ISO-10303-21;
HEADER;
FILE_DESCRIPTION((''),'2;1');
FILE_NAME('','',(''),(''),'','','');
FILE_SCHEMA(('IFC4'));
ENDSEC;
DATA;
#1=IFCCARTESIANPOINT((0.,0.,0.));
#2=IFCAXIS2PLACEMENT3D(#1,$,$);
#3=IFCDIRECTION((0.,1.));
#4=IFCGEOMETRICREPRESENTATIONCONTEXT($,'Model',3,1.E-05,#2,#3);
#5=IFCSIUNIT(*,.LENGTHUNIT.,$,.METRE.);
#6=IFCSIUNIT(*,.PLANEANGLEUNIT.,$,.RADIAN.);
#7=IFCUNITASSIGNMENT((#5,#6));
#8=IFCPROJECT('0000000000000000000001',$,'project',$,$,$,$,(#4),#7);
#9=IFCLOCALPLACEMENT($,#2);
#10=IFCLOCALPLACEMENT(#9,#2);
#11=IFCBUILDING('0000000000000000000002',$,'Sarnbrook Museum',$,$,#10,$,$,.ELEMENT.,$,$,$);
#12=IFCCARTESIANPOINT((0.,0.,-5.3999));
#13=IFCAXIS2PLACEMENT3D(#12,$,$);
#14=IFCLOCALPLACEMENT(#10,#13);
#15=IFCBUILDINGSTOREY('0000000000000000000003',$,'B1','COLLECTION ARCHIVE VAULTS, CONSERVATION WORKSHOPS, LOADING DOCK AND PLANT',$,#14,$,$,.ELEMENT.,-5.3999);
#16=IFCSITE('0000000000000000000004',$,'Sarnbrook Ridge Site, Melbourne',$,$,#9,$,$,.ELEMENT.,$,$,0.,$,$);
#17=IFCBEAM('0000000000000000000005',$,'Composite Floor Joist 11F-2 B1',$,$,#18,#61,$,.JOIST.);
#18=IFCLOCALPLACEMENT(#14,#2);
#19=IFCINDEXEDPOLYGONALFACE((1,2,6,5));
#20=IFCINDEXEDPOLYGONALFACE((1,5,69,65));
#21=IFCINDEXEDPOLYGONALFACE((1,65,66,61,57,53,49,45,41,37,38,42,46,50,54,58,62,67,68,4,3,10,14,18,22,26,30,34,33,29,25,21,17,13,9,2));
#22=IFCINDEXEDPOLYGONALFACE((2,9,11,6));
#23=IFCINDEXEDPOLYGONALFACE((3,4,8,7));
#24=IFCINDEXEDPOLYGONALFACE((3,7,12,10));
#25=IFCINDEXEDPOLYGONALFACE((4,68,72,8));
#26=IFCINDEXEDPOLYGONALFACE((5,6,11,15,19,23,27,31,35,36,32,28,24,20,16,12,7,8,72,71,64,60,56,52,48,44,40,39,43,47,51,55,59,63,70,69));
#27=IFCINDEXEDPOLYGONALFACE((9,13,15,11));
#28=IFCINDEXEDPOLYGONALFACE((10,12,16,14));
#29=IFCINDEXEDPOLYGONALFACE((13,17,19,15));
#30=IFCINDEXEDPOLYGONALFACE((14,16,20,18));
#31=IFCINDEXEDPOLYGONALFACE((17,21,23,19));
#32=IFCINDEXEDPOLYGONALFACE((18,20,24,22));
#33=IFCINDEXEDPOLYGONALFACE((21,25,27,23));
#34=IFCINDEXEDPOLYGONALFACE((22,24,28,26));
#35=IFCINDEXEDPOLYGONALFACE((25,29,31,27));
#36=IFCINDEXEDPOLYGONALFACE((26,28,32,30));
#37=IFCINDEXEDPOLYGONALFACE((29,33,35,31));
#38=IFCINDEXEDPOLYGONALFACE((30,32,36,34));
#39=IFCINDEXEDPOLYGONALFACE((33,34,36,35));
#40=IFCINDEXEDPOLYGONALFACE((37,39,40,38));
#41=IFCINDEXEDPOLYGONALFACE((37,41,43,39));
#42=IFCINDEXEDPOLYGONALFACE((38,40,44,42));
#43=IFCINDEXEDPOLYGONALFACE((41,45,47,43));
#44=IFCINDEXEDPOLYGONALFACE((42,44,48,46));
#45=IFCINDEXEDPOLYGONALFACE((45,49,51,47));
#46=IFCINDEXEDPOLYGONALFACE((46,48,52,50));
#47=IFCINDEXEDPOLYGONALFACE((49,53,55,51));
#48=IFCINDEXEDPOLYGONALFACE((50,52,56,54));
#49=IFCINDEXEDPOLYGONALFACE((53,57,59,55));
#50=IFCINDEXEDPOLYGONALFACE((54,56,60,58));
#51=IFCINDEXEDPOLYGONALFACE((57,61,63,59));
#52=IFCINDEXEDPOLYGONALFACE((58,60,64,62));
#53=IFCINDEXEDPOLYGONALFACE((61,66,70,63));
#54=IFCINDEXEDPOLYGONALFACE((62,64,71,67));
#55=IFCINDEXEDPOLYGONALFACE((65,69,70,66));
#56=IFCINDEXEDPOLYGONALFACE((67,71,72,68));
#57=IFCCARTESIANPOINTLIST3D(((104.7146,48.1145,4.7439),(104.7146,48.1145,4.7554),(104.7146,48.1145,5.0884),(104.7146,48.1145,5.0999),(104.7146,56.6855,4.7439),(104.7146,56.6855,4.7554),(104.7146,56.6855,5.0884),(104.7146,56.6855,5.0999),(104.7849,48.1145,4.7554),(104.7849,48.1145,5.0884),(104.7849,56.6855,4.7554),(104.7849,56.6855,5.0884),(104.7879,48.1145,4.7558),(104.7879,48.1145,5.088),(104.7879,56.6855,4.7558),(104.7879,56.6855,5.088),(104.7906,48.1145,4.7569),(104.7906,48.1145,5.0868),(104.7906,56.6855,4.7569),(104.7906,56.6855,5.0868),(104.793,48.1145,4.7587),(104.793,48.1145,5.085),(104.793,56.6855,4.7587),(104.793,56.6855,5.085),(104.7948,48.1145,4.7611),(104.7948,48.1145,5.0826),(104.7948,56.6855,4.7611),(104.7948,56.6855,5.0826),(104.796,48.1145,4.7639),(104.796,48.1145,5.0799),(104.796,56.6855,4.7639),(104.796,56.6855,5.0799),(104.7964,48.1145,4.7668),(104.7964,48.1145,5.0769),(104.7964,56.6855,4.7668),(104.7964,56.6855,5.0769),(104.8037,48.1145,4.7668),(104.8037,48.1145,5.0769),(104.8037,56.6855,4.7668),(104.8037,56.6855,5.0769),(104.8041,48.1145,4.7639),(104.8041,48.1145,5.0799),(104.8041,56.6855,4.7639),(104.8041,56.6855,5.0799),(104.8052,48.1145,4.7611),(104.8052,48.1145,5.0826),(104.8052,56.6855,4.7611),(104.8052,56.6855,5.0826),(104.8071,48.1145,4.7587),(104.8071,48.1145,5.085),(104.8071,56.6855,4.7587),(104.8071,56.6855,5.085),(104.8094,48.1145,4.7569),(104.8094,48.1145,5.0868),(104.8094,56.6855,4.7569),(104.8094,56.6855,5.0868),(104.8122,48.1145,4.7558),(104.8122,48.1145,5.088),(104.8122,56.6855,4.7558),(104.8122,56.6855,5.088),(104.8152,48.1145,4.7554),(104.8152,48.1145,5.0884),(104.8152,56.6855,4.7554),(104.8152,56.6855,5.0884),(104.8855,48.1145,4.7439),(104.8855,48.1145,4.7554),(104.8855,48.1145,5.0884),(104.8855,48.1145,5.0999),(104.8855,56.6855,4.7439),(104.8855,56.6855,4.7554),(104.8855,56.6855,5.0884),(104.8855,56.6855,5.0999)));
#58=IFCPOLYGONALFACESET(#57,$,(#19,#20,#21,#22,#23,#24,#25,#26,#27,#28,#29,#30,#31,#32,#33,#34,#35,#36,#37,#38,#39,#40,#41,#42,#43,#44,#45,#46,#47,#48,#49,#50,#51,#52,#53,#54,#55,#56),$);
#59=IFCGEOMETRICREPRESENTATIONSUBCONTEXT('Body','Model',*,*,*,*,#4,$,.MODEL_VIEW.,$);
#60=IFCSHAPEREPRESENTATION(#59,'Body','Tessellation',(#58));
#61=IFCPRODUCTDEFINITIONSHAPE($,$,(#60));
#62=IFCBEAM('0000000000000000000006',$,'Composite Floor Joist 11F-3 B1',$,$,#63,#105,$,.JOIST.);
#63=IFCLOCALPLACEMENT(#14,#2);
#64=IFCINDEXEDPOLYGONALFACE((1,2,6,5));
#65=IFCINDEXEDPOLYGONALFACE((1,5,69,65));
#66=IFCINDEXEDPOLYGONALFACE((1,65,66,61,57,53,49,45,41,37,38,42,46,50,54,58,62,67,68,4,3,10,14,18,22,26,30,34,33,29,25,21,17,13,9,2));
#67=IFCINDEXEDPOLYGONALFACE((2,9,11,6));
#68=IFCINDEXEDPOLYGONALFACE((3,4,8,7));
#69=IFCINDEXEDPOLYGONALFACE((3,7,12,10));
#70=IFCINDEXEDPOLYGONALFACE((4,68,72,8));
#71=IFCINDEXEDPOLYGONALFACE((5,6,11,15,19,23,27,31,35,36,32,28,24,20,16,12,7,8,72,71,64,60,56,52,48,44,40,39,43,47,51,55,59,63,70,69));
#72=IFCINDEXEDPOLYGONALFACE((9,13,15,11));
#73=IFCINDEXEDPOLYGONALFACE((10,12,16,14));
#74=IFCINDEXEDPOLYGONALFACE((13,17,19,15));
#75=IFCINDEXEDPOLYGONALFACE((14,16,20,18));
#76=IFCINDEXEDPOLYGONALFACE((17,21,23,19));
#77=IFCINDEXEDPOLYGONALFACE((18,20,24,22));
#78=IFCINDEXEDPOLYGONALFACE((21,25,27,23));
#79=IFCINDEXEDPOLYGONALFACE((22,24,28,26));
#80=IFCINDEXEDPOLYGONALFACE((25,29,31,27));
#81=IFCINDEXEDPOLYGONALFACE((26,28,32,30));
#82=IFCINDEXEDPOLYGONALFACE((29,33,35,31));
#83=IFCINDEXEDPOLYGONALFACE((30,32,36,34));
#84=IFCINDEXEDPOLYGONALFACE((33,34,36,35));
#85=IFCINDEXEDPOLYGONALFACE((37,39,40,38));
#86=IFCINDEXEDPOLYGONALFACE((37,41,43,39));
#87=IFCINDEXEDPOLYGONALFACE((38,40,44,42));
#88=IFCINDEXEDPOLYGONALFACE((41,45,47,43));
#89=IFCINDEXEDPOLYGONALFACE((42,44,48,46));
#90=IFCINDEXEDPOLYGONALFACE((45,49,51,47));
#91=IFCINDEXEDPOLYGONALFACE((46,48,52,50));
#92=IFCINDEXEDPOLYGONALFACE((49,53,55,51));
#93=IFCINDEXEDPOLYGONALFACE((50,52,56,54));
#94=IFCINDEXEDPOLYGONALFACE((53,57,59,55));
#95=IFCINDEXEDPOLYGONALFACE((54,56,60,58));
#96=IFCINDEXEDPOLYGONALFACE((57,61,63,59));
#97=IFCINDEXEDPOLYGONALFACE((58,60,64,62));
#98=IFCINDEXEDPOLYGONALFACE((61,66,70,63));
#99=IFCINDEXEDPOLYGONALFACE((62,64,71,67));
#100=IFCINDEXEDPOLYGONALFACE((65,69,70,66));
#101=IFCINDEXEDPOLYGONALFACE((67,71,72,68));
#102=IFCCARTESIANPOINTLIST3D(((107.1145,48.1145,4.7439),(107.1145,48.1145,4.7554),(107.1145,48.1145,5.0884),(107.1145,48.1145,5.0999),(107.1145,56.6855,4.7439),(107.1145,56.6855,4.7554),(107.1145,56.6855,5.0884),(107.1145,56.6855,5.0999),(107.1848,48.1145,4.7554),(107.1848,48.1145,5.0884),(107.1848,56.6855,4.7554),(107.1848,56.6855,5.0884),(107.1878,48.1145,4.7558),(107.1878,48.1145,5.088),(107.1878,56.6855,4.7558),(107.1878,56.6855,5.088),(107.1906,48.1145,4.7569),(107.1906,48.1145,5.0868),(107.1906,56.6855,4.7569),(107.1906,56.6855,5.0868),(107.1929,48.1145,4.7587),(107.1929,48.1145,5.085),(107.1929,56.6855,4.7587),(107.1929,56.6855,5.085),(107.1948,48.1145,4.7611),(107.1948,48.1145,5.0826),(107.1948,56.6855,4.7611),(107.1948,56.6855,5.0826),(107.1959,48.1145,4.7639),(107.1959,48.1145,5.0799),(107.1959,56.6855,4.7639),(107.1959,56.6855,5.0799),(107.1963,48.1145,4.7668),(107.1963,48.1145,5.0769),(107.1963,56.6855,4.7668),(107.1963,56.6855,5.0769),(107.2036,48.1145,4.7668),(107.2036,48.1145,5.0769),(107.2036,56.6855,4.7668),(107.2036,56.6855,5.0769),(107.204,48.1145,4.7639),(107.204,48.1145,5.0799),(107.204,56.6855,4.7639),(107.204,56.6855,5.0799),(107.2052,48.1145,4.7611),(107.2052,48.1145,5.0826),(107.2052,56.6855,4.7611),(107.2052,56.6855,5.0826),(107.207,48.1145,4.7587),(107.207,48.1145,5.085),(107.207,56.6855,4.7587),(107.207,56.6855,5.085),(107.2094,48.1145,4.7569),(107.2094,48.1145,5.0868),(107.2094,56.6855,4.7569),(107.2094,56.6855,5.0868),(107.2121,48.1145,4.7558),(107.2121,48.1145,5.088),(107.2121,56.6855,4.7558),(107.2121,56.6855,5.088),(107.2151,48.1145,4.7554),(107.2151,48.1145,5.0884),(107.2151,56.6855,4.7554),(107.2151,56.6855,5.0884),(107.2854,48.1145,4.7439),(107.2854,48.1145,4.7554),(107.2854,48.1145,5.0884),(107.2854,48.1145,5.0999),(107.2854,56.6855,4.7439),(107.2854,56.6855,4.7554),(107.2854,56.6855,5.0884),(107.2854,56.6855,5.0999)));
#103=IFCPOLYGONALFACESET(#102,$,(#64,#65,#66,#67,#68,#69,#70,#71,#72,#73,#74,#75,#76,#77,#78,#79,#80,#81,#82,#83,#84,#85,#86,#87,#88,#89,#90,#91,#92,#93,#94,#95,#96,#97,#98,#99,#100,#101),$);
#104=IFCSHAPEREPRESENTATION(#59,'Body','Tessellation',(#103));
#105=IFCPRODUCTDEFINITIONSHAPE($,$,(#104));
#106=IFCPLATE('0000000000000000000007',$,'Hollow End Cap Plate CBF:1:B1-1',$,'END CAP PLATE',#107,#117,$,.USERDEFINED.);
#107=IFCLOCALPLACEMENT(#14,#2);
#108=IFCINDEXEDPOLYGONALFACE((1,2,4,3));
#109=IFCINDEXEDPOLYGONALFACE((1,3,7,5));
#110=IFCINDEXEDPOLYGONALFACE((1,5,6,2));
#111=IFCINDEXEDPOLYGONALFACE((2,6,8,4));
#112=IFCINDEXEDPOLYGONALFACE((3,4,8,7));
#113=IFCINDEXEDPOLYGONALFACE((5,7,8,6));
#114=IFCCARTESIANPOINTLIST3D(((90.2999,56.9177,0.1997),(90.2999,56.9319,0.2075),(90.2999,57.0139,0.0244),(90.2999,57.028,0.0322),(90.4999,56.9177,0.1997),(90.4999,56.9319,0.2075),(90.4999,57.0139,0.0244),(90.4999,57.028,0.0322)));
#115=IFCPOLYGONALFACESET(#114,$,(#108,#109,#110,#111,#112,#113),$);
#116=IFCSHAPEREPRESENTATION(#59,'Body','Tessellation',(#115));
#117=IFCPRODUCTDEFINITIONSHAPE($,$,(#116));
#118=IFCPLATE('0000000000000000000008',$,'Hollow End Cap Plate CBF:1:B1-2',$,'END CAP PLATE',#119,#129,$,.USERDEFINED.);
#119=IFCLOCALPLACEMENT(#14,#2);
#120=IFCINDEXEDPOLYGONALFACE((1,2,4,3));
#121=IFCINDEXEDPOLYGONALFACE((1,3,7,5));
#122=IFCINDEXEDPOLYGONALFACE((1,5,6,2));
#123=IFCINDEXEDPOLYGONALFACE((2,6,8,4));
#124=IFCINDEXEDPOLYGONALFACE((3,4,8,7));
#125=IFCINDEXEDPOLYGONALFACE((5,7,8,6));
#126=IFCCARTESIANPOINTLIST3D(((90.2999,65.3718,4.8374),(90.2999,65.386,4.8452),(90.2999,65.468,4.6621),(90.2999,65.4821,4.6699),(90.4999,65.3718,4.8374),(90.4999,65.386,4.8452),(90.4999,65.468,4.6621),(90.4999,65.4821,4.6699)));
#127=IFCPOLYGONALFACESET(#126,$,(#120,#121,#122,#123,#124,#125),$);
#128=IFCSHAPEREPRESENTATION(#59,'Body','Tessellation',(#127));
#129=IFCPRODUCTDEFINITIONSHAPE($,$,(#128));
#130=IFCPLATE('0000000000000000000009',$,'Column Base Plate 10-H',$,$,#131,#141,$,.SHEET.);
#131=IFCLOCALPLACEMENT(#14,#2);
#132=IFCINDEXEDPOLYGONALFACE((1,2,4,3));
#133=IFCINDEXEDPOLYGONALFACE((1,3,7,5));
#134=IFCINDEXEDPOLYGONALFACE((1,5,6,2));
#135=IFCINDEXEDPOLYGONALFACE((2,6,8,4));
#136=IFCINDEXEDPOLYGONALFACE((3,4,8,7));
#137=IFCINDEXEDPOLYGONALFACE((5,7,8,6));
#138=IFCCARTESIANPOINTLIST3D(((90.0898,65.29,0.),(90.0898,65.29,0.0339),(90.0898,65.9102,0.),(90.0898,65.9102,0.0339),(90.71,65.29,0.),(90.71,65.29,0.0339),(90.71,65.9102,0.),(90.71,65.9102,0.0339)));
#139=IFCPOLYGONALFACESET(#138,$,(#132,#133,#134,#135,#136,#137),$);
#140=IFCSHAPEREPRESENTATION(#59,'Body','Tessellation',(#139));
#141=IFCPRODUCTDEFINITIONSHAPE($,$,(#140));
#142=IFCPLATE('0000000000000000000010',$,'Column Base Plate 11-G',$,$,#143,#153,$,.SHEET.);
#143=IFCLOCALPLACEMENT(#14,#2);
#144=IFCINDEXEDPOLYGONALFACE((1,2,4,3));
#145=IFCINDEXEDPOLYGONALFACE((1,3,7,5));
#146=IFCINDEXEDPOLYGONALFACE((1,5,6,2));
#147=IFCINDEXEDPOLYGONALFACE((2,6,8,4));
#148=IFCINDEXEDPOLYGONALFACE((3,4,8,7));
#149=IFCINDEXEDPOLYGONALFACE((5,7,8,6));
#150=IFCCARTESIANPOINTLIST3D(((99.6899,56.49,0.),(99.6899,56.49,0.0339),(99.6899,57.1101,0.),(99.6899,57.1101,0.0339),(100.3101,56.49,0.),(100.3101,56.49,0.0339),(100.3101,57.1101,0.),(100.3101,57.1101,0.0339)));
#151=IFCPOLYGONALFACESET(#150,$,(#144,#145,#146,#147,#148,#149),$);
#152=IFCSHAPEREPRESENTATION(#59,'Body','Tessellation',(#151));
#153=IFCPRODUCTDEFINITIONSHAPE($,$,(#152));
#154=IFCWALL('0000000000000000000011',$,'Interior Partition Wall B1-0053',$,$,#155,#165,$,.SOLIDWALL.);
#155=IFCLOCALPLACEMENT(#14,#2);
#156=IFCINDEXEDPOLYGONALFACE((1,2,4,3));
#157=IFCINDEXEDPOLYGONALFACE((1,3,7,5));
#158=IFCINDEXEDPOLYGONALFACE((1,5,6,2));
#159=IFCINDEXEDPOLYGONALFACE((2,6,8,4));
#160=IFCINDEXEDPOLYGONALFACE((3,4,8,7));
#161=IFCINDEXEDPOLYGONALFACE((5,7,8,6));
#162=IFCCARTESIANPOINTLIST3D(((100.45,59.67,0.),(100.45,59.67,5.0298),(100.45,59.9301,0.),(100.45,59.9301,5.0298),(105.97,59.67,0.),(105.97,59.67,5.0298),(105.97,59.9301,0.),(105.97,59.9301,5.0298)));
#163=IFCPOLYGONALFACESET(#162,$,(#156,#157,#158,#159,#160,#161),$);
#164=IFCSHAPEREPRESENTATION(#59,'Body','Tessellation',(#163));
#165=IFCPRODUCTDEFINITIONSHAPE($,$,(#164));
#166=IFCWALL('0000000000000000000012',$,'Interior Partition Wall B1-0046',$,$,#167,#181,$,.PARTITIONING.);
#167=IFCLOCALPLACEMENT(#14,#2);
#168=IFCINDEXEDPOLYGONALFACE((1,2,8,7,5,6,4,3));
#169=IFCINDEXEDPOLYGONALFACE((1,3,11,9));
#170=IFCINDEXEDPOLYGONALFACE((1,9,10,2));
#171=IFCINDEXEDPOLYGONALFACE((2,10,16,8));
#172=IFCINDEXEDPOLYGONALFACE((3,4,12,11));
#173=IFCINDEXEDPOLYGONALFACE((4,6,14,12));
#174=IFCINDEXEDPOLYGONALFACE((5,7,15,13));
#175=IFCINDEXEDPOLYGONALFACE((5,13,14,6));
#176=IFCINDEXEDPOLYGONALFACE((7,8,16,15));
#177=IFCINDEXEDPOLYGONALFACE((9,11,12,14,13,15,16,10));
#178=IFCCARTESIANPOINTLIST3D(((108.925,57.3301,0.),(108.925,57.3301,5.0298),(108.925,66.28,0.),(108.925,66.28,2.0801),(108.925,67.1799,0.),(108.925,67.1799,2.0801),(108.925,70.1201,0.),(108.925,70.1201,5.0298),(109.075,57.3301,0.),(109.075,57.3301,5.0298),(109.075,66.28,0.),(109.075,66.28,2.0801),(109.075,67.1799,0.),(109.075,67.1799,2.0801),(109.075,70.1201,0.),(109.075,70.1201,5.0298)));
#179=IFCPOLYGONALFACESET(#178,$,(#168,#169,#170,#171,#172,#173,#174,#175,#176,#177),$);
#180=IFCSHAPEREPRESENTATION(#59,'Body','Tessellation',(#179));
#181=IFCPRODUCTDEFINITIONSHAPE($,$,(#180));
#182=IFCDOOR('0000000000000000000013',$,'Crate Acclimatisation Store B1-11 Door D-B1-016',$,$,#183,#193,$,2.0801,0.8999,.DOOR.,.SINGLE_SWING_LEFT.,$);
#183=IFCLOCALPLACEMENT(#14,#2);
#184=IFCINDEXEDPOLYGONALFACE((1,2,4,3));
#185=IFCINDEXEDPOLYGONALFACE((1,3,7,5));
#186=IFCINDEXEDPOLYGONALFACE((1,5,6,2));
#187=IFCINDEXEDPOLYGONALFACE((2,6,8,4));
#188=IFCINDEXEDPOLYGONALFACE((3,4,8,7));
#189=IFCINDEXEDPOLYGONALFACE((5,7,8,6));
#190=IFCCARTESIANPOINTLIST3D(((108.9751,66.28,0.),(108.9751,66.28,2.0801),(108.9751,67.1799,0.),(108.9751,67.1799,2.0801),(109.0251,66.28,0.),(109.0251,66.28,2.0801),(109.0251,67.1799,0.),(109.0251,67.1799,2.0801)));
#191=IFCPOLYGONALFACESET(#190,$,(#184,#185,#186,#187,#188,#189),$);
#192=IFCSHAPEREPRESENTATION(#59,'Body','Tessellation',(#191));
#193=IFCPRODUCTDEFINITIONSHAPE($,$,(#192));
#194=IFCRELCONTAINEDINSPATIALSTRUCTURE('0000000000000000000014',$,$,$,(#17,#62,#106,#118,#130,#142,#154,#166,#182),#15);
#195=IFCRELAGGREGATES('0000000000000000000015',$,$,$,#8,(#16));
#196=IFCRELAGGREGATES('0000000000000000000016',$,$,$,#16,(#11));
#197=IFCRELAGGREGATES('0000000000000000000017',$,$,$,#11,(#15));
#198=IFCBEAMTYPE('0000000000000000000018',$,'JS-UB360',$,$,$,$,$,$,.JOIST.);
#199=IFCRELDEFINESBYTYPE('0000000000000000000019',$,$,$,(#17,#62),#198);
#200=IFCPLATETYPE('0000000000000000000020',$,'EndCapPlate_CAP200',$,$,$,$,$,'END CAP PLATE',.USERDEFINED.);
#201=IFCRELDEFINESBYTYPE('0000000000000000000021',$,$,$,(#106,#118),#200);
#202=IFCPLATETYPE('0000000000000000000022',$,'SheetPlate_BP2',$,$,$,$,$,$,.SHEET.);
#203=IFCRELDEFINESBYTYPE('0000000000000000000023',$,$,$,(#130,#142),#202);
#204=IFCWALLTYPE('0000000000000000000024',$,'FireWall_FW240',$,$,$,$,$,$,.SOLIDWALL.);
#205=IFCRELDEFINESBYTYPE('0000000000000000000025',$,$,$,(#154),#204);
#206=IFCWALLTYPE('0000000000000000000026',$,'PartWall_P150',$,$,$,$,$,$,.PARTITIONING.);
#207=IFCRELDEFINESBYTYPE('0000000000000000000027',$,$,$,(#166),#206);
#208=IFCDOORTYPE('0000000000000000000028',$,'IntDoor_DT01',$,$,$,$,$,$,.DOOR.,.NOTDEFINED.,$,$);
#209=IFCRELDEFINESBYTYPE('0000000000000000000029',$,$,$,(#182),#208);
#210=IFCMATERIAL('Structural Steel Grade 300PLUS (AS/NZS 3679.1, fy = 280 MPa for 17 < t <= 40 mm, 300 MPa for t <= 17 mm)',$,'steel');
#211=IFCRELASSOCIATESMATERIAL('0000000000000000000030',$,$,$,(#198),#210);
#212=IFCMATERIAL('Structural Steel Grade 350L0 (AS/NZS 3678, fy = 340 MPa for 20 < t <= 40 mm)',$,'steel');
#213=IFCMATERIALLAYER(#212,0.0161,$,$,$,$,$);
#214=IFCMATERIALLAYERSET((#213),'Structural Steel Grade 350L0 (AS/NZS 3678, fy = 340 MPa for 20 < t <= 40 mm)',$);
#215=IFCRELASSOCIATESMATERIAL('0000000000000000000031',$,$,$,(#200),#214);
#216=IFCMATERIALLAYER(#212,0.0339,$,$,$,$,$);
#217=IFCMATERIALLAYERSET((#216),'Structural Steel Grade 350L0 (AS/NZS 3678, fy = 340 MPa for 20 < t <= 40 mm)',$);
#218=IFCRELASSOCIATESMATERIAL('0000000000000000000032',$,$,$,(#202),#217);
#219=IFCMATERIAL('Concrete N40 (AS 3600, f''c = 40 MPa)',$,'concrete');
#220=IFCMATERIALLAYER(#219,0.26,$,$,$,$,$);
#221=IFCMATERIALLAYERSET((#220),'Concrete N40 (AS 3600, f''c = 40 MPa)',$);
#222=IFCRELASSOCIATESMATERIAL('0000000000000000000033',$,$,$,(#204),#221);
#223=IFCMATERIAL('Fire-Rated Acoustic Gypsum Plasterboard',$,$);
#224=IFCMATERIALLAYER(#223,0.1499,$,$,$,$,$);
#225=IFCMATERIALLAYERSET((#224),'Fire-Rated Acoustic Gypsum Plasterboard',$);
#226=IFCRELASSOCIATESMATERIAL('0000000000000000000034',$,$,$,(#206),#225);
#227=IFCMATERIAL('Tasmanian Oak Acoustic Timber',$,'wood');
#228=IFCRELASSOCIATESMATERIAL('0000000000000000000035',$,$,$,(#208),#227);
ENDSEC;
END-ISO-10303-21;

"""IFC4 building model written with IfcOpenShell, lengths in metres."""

from ifc_helpers import new_model, si_unit, direction, frame, frame_2d, origin, origin_2d, place, context, subcontext, project, spatial, rectangle, i_section, extrude, material, layer, layer_set, material_profile, profile_set, type_object, element, fill, save


model = new_model("IFC4")

# Units and contexts
model_context = context("Model", 3, precision=1e-05, world=origin(), true_north=direction((0.0, 1.0)))
body_context = subcontext(model_context, "Body", "Model", "MODEL_VIEW")
ifc_project = project(units=[si_unit("LENGTHUNIT", "METRE"), si_unit("PLANEANGLEUNIT", "RADIAN")], contexts=[model_context])

# Site, building, storey
site_placement = place(None, origin())
site = spatial("IfcSite", under=ifc_project, at=site_placement, Name="Sarnbrook Ridge Site, Melbourne", CompositionType="ELEMENT", RefElevation=0.0)
building_placement = place(site_placement, origin())
building = spatial("IfcBuilding", under=site, at=building_placement, Name="Sarnbrook Museum", CompositionType="ELEMENT")
storey_placement = place(building_placement, frame((0.0, 0.0, -5.3999)))
storey = spatial("IfcBuildingStorey", under=building, at=storey_placement, Name="B1", Description="COLLECTION ARCHIVE VAULTS, CONSERVATION WORKSHOPS, LOADING DOCK AND PLANT", CompositionType="ELEMENT", Elevation=-5.3999)

# Shared definitions
ifc_material_1 = material(Name="Concrete N40 (AS 3600, f'c = 40 MPa)", Category="concrete")

# Shared definitions
ifc_material_2 = material(Name="Structural Steel Grade 350L0 (AS/NZS 3678, fy = 340 MPa for 20 < t <= 40 mm)", Category="steel")

# Shared definitions
ifc_material_3 = material(Name="Structural Steel Grade 300PLUS (AS/NZS 3679.1, fy = 280 MPa for 17 < t <= 40 mm, 300 MPa for t <= 17 mm)", Category="steel")

# Beams
ifc_material_profile_1 = material_profile(ifc_material_3, i_section(OverallWidth=0.1709, OverallDepth=0.356, WebThickness=0.0073, FlangeThickness=0.0115, FilletRadius=0.0115, at=origin_2d()), Name="360UB50.7")
ifc_profile_set_1 = profile_set([ifc_material_profile_1], Name="Structural Steel Grade 300PLUS (AS/NZS 3679.1, fy = 280 MPa for 17 < t <= 40 mm, 300 MPa for t <= 17 mm)")
beam_type_1 = type_object("IfcBeamType", Name="JS-UB360", PredefinedType="JOIST", material=ifc_profile_set_1)
for number, where, z_axis, x_axis, name in (
    (1, (104.8, 48.1145, 4.9219), (0.0, 1.0, 0.0), (-1.0, 0.0, 0.0), "Composite Floor Joist 11F-2 B1"),
    (2, (107.2, 48.1145, 4.9219), (0.0, 1.0, 0.0), (-1.0, 0.0, 0.0), "Composite Floor Joist 11F-3 B1"),
):
    element("IfcBeam", number, at=place(storey_placement, frame(where, z_axis=z_axis, x_axis=x_axis)), inside=storey, type_object=beam_type_1, Name=name, PredefinedType="JOIST", context=body_context, shape_type="SweptSolid", body=[
        extrude(i_section(OverallWidth=0.1709, OverallDepth=0.356, WebThickness=0.0073, FlangeThickness=0.0115, FilletRadius=0.0115, at=origin_2d()), origin(), (0.0, 0.0, 1.0), 8.571),
    ])

# Plates
ifc_layer_1 = layer(ifc_material_2, 0.0161)
ifc_layer_set_1 = layer_set([ifc_layer_1], Name="Structural Steel Grade 350L0 (AS/NZS 3678, fy = 340 MPa for 20 < t <= 40 mm)")
plate_type_1 = type_object("IfcPlateType", Name="EndCapPlate_CAP200", ElementType="END CAP PLATE", PredefinedType="USERDEFINED", material=ifc_layer_set_1)
for number, where, z_axis, x_axis, name in (
    (3, (90.3999, 56.9658, 0.1121), (0.0, 0.876742, 0.480961), (-1.0, 0.0, 0.0), "Hollow End Cap Plate CBF:1:B1-1"),
    (4, (90.3999, 65.4199, 4.7498), (0.0, 0.876742, 0.480961), (-1.0, 0.0, 0.0), "Hollow End Cap Plate CBF:1:B1-2"),
):
    element("IfcPlate", number, at=place(storey_placement, frame(where, z_axis=z_axis, x_axis=x_axis)), inside=storey, type_object=plate_type_1, Name=name, ObjectType="END CAP PLATE", PredefinedType="USERDEFINED", context=body_context, shape_type="SweptSolid", body=[
        extrude(rectangle(XDim=0.2, YDim=0.2, at=origin_2d()), origin(), (0.0, 0.0, 1.0), 0.0161),
    ])
ifc_layer_2 = layer(ifc_material_2, 0.0339)
ifc_layer_set_2 = layer_set([ifc_layer_2], Name="Structural Steel Grade 350L0 (AS/NZS 3678, fy = 340 MPa for 20 < t <= 40 mm)")
plate_type_2 = type_object("IfcPlateType", Name="SheetPlate_BP2", PredefinedType="SHEET", material=ifc_layer_set_2)
for number, where, z_axis, x_axis, name in (
    (5, (90.3999, 65.6001, 0.0), (0.0, 0.0, 1.0), (1.0, 0.0, 0.0), "Column Base Plate 10-H"),
    (6, (100.0, 56.8, 0.0), (0.0, 0.0, 1.0), (1.0, 0.0, 0.0), "Column Base Plate 11-G"),
):
    element("IfcPlate", number, at=place(storey_placement, frame(where, z_axis=z_axis, x_axis=x_axis)), inside=storey, type_object=plate_type_2, Name=name, PredefinedType="SHEET", context=body_context, shape_type="SweptSolid", body=[
        extrude(rectangle(XDim=0.6201, YDim=0.6201, at=origin_2d()), origin(), (0.0, 0.0, 1.0), 0.0339),
    ])

# Wall
ifc_layer_3 = layer(ifc_material_1, 0.26)
ifc_layer_set_3 = layer_set([ifc_layer_3], Name="Concrete N40 (AS 3600, f'c = 40 MPa)")
wall_type_1 = type_object("IfcWallType", Name="FireWall_FW240", PredefinedType="SOLIDWALL", material=ifc_layer_set_3)
wall_1_placement = place(storey_placement, frame((105.97, 59.8, 0.0), z_axis=(0.0, 0.0, 1.0), x_axis=(-1.0, 0.0, 0.0)))
element("IfcWall", 7, at=wall_1_placement, inside=storey, type_object=wall_type_1, Name="Interior Partition Wall B1-0053", PredefinedType="SOLIDWALL", context=body_context, shape_type="SweptSolid", body=[
    extrude(rectangle(XDim=5.52, YDim=0.26, at=frame_2d((2.76, 0.0))), origin(), (0.0, 0.0, 1.0), 5.0298),
])

# Wall, opening, door
ifc_material_4 = material(Name="Fire-Rated Acoustic Gypsum Plasterboard")
ifc_layer_4 = layer(ifc_material_4, 0.1499)
ifc_layer_set_4 = layer_set([ifc_layer_4], Name="Fire-Rated Acoustic Gypsum Plasterboard")
wall_type_2 = type_object("IfcWallType", Name="PartWall_P150", PredefinedType="PARTITIONING", material=ifc_layer_set_4)
wall_2_placement = place(storey_placement, frame((109.0, 57.3301, 0.0), z_axis=(0.0, 0.0, 1.0), x_axis=(0.0, 1.0, 0.0)))
wall_2 = element("IfcWall", 8, at=wall_2_placement, inside=storey, type_object=wall_type_2, Name="Interior Partition Wall B1-0046", PredefinedType="PARTITIONING", context=body_context, shape_type="SweptSolid", body=[
    extrude(rectangle(XDim=12.79, YDim=0.1499, at=frame_2d((6.395, 0.0))), origin(), (0.0, 0.0, 1.0), 5.0298),
])
opening_1_placement = place(wall_2_placement, frame((8.95, 0.0, 0.0)))
opening_1 = element("IfcOpeningElement", 9, at=opening_1_placement, cuts=wall_2, PredefinedType="OPENING", context=body_context, shape_type="SweptSolid", body=[
    extrude(rectangle(XDim=0.8999, YDim=2.0801, at=frame_2d((0.45, 1.04))), frame((0.0, 0.085, 0.0), z_axis=(0.0, -1.0, 0.0), x_axis=(1.0, 0.0, 0.0)), (0.0, 0.0, 1.0), 0.1699),
])
ifc_material_5 = material(Name="Tasmanian Oak Acoustic Timber", Category="wood")
door_type_1 = type_object("IfcDoorType", Name="IntDoor_DT01", OperationType="NOTDEFINED", PredefinedType="DOOR", material=ifc_material_5)
door_1_placement = place(opening_1_placement, origin())
door_1 = element("IfcDoor", 10, at=door_1_placement, inside=storey, type_object=door_type_1, Name="Crate Acclimatisation Store B1-11 Door D-B1-016", OperationType="SINGLE_SWING_LEFT", OverallHeight=2.0801, OverallWidth=0.8999, PredefinedType="DOOR", context=body_context, shape_type="SweptSolid", body=[
    extrude(rectangle(XDim=0.8999, YDim=2.0801, at=frame_2d((0.45, 1.04))), frame((0.0, 0.0249, 0.0), z_axis=(0.0, -1.0, 0.0), x_axis=(1.0, 0.0, 0.0)), (0.0, 0.0, 1.0), 0.05),
])
fill(opening_1, door_1)

save(model, "model.ifc")
